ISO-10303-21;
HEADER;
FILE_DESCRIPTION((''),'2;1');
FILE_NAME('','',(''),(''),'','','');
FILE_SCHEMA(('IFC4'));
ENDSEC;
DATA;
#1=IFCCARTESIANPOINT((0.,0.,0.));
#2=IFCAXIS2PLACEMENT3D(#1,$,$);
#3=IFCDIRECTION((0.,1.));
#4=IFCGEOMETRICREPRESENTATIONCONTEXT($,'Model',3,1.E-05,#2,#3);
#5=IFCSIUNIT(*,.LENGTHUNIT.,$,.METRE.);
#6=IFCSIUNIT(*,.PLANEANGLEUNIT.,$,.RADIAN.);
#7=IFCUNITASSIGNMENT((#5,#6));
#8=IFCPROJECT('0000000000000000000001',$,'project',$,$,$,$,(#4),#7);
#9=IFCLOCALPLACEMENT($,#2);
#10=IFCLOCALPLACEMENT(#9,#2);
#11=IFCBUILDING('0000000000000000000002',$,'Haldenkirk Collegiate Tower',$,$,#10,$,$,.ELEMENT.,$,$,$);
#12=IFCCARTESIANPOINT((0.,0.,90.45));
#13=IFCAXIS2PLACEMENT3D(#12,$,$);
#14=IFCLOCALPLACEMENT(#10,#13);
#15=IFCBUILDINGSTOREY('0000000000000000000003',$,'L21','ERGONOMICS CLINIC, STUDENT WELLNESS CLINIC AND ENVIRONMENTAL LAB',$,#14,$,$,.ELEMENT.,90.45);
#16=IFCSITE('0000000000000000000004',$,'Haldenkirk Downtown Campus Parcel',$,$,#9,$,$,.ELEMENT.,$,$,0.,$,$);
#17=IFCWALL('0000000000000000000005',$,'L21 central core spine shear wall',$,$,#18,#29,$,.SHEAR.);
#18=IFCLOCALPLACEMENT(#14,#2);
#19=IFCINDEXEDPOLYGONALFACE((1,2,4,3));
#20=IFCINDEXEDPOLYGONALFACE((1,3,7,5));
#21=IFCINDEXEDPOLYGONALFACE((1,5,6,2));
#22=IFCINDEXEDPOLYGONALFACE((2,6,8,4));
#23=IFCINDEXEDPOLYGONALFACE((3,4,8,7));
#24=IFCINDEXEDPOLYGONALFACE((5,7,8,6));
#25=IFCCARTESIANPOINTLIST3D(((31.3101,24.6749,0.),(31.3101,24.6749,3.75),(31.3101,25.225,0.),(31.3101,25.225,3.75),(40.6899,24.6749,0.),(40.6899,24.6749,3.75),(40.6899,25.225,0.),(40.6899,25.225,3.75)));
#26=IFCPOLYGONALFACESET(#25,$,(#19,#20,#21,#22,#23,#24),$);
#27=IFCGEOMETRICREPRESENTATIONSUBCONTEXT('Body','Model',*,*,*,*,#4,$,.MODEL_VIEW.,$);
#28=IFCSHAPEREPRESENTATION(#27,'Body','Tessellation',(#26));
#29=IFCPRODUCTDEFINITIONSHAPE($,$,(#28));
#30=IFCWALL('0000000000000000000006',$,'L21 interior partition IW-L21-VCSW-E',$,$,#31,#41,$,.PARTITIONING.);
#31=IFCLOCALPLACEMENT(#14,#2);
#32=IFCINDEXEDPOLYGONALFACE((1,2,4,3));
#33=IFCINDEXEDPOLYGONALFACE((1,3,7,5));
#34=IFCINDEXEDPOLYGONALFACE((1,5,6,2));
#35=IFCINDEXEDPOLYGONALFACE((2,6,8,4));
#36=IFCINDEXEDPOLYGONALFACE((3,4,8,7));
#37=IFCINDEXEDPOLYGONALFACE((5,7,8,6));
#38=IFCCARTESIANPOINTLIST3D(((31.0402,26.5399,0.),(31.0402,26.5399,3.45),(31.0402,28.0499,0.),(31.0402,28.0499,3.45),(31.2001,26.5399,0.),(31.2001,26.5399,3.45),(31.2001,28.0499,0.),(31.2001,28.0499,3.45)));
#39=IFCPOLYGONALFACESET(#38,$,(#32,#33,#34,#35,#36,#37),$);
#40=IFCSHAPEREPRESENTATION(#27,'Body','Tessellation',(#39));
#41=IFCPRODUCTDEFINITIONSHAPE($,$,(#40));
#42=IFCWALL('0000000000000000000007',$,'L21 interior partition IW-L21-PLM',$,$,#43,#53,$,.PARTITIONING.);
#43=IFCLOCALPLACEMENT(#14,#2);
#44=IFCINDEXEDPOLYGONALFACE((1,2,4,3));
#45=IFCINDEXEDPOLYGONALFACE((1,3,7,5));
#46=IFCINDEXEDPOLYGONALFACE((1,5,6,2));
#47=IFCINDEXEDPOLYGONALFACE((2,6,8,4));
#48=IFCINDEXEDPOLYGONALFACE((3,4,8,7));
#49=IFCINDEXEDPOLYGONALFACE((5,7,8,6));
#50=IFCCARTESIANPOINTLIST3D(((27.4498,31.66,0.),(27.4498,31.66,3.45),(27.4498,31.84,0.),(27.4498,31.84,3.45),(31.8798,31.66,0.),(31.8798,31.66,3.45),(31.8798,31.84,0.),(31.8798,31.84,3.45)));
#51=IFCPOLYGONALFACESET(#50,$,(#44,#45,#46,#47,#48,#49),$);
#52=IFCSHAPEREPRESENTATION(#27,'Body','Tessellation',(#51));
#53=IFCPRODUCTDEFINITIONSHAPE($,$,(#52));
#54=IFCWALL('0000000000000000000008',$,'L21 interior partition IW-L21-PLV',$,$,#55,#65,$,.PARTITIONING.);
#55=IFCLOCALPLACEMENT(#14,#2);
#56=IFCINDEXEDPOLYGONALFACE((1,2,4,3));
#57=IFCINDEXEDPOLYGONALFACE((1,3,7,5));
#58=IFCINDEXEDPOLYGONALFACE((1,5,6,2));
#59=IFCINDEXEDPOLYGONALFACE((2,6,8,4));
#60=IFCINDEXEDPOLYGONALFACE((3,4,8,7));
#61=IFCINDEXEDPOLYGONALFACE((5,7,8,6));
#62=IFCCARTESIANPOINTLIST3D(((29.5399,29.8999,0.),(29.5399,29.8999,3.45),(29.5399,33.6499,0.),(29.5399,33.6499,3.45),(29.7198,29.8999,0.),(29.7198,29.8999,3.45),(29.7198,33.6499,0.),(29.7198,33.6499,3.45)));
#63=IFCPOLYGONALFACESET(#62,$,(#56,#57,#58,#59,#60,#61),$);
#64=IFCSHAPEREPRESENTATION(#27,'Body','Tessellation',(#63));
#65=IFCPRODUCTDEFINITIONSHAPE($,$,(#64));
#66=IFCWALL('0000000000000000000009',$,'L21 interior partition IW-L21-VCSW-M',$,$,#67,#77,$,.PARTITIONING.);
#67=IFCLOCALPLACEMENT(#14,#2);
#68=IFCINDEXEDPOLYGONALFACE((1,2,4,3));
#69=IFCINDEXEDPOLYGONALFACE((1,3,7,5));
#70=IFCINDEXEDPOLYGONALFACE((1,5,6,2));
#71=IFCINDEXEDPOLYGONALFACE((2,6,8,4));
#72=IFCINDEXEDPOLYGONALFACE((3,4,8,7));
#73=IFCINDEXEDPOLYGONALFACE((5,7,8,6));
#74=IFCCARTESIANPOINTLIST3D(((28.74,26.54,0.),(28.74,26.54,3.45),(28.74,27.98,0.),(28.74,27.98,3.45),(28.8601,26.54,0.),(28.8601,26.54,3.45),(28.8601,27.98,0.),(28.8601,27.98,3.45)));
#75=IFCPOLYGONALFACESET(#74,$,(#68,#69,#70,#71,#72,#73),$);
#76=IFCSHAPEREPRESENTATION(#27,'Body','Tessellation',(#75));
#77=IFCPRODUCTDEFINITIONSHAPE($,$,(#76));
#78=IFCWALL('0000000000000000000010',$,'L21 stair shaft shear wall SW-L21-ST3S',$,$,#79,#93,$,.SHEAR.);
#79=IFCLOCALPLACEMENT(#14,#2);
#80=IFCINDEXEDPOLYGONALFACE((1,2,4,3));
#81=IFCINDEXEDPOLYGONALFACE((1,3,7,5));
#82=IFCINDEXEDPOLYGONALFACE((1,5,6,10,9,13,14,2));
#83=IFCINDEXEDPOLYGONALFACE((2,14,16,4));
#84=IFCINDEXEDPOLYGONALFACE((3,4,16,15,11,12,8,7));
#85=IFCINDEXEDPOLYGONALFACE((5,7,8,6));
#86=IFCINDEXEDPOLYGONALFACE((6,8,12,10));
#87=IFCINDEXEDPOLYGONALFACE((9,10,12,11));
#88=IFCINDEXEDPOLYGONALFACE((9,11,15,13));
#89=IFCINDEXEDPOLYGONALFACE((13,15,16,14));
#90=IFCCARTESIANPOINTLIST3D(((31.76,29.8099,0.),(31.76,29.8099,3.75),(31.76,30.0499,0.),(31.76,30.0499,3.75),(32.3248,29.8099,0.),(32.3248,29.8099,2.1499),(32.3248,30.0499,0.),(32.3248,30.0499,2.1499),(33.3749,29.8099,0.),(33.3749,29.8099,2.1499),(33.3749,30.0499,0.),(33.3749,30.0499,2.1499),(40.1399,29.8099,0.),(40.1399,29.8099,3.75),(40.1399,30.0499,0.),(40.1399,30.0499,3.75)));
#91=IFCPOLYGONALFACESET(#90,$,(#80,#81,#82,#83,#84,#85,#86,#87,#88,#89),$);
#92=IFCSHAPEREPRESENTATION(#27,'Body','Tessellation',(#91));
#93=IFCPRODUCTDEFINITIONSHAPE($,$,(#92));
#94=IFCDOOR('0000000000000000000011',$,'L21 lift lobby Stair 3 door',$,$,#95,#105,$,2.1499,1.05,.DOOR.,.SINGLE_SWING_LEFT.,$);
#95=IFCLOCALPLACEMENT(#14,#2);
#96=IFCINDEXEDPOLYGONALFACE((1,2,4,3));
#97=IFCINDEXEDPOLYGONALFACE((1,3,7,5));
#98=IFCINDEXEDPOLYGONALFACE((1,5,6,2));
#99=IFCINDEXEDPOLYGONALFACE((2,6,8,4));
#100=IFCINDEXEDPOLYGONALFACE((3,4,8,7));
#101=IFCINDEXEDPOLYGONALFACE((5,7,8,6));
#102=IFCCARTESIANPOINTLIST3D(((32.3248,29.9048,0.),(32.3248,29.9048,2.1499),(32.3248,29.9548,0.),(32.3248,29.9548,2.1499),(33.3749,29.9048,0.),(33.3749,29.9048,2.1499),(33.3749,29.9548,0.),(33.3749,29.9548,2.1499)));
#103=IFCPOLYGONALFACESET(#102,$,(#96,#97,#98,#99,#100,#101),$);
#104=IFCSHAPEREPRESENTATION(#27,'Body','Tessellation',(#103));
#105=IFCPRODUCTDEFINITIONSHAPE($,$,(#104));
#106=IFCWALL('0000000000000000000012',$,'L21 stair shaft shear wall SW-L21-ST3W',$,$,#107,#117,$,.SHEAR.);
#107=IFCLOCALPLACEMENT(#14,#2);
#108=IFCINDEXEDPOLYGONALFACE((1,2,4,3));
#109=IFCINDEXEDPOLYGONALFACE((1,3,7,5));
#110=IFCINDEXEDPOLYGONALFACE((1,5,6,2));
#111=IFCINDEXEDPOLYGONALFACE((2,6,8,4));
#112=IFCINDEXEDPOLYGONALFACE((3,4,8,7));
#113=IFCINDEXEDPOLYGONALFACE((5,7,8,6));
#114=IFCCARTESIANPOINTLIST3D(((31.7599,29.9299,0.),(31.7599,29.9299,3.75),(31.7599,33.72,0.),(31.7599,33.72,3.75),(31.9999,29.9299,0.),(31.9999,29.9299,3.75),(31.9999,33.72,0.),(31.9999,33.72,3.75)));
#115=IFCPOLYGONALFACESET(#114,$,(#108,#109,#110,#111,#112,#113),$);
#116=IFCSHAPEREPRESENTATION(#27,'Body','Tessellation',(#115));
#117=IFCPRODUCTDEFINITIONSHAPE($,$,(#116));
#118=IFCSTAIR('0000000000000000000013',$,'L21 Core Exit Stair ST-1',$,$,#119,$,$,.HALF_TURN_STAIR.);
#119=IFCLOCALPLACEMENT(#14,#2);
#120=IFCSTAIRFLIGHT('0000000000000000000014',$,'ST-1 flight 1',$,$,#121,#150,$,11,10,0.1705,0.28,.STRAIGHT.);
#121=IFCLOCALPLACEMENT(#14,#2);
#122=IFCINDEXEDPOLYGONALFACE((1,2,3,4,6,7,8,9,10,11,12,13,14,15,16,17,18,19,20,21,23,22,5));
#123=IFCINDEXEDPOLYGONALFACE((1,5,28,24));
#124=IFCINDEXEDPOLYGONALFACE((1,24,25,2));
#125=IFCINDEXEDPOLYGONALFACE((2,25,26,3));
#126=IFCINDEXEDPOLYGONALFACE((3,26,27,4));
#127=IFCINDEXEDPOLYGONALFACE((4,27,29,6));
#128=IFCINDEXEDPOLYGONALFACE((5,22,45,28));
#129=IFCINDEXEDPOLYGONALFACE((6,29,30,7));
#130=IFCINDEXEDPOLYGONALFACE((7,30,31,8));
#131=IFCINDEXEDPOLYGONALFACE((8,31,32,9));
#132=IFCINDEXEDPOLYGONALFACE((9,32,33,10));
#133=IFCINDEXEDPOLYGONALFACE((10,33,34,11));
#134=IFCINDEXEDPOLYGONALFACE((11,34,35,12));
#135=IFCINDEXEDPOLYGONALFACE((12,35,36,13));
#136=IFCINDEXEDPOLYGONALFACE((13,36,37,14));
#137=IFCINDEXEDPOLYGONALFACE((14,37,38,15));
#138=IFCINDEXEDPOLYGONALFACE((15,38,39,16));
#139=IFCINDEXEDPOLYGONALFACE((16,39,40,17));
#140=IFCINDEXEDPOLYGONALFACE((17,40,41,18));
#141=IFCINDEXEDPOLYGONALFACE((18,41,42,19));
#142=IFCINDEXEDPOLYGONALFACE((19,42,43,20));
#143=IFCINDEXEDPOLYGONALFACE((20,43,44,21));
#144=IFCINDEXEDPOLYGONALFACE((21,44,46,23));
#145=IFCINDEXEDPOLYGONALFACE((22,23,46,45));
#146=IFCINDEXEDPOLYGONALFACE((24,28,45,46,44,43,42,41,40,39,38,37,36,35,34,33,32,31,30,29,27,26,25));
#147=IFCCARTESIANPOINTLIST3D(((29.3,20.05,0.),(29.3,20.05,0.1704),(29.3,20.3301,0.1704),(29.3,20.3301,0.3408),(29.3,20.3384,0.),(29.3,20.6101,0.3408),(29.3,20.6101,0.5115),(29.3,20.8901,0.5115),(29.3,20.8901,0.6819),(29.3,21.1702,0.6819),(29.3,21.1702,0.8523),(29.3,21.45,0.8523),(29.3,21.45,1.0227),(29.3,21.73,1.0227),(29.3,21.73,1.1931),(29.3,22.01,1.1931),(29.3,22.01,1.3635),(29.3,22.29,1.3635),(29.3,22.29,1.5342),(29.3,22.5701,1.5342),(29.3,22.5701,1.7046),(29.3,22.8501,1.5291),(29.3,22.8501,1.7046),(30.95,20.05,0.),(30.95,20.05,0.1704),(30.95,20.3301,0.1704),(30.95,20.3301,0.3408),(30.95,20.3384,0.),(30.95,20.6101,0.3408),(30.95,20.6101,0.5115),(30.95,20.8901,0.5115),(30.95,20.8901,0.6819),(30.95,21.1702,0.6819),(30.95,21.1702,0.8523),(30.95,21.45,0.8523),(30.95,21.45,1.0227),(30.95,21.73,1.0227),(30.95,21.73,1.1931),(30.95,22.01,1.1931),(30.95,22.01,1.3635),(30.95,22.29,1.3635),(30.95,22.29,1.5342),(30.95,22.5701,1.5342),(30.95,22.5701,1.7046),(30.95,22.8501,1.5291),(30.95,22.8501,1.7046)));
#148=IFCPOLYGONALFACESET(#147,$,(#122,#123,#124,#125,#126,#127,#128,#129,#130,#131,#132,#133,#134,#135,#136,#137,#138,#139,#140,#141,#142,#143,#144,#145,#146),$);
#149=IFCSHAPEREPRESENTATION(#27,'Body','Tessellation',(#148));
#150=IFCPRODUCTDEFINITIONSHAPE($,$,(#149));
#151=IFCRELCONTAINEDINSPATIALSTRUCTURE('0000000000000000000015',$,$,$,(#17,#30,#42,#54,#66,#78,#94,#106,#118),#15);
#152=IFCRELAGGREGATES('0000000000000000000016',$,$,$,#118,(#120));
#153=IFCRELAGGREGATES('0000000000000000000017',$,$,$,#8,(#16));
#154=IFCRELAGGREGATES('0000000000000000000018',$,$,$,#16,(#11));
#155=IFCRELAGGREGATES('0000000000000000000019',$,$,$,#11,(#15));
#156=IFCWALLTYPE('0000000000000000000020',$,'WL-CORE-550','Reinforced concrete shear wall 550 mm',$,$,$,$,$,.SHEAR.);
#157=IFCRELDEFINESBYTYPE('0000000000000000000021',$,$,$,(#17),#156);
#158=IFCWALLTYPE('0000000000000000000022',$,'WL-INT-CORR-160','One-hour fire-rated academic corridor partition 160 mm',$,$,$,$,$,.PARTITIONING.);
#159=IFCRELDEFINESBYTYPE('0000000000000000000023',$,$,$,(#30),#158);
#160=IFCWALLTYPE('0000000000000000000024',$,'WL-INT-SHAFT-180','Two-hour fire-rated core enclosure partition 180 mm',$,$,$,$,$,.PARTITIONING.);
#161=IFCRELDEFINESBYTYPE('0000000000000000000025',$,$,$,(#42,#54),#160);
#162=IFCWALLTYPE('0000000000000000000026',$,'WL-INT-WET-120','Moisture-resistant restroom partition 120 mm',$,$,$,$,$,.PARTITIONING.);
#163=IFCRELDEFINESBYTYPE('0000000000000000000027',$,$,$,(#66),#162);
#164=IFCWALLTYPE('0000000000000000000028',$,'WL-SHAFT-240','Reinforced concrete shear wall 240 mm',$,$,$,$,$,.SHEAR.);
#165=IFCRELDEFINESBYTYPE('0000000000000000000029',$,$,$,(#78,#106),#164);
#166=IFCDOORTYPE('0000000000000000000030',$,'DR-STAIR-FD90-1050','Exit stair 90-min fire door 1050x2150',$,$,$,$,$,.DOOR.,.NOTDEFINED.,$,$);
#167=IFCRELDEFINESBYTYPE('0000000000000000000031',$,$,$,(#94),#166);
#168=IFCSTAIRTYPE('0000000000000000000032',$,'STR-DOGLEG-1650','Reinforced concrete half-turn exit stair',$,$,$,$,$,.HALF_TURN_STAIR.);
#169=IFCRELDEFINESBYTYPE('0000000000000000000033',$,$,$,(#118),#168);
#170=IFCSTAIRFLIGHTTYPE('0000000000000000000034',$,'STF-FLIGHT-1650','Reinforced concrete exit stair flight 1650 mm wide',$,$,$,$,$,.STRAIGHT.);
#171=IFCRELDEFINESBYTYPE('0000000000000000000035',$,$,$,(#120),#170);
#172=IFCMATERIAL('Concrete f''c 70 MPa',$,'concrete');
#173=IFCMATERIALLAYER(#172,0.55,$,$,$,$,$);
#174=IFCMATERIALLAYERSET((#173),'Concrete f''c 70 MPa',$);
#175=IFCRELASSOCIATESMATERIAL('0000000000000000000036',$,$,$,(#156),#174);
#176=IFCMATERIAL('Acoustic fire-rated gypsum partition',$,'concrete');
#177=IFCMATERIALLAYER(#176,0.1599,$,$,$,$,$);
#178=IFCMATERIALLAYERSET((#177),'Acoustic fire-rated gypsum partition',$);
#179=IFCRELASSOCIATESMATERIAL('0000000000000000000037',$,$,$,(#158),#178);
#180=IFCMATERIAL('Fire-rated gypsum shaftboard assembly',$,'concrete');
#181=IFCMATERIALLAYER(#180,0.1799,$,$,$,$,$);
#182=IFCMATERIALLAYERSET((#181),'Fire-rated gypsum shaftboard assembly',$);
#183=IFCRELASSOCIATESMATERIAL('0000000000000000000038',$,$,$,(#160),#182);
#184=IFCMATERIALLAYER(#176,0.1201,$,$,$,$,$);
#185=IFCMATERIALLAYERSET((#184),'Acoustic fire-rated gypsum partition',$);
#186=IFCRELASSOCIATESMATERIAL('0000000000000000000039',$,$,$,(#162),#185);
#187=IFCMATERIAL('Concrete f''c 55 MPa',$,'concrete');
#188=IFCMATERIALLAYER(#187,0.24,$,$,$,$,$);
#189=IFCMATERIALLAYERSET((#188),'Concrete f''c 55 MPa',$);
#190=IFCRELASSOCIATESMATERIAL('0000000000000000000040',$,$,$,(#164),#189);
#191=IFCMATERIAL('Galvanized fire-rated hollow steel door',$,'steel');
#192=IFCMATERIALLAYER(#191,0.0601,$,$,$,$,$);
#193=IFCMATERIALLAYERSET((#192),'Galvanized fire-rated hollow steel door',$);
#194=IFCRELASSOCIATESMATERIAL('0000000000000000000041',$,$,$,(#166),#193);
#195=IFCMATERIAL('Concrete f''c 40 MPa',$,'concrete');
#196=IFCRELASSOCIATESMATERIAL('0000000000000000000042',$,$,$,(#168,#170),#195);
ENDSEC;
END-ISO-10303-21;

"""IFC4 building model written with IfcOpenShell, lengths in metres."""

from ifc_helpers import new_model, si_unit, direction, frame, frame_2d, origin, place, context, subcontext, project, spatial, polyline, rectangle, outline, extrude, material, layer, layer_set, type_object, element, fill, aggregate, save


model = new_model("IFC4")

# Units and contexts
model_context = context("Model", 3, precision=1e-05, world=origin(), true_north=direction((0.0, 1.0)))
body_context = subcontext(model_context, "Body", "Model", "MODEL_VIEW")
ifc_project = project(units=[si_unit("LENGTHUNIT", "METRE"), si_unit("PLANEANGLEUNIT", "RADIAN")], contexts=[model_context])

# Site, building, storey
site_placement = place(None, origin())
site = spatial("IfcSite", under=ifc_project, at=site_placement, Name="Haldenkirk Downtown Campus Parcel", CompositionType="ELEMENT", RefElevation=0.0)
building_placement = place(site_placement, origin())
building = spatial("IfcBuilding", under=site, at=building_placement, Name="Haldenkirk Collegiate Tower", CompositionType="ELEMENT")
storey_placement = place(building_placement, frame((0.0, 0.0, 90.45)))
storey = spatial("IfcBuildingStorey", under=building, at=storey_placement, Name="L21", Description="ERGONOMICS CLINIC, STUDENT WELLNESS CLINIC AND ENVIRONMENTAL LAB", CompositionType="ELEMENT", Elevation=90.45)

# Walls
ifc_material_1 = material(Name="Concrete f'c 70 MPa", Category="concrete")
ifc_layer_1 = layer(ifc_material_1, 0.55)
ifc_layer_set_1 = layer_set([ifc_layer_1], Name="Concrete f'c 70 MPa")
wall_type_1 = type_object("IfcWallType", Name="WL-CORE-550", Description="Reinforced concrete shear wall 550 mm", PredefinedType="SHEAR", material=ifc_layer_set_1)
wall_1_placement = place(storey_placement, frame((31.3101, 24.95, 0.0), z_axis=(0.0, 0.0, 1.0), x_axis=(1.0, 0.0, 0.0)))
element("IfcWall", 1, at=wall_1_placement, inside=storey, type_object=wall_type_1, Name="L21 central core spine shear wall", PredefinedType="SHEAR", context=body_context, shape_type="SweptSolid", body=[
    extrude(rectangle(XDim=9.3799, YDim=0.55, at=frame_2d((4.6899, 0.0))), origin(), (0.0, 0.0, 1.0), 3.75),
])
ifc_material_2 = material(Name="Acoustic fire-rated gypsum partition", Category="concrete")
ifc_layer_2 = layer(ifc_material_2, 0.1599)
ifc_layer_set_2 = layer_set([ifc_layer_2], Name="Acoustic fire-rated gypsum partition")
wall_type_2 = type_object("IfcWallType", Name="WL-INT-CORR-160", Description="One-hour fire-rated academic corridor partition 160 mm", PredefinedType="PARTITIONING", material=ifc_layer_set_2)
wall_2_placement = place(storey_placement, frame((31.1201, 26.54, 0.0), z_axis=(0.0, 0.0, 1.0), x_axis=(0.0, 1.0, 0.0)))
element("IfcWall", 2, at=wall_2_placement, inside=storey, type_object=wall_type_2, Name="L21 interior partition IW-L21-VCSW-E", PredefinedType="PARTITIONING", context=body_context, shape_type="SweptSolid", body=[
    extrude(rectangle(XDim=1.51, YDim=0.1599, at=frame_2d((0.7549, 0.0))), origin(), (0.0, 0.0, 1.0), 3.45),
])
ifc_material_3 = material(Name="Fire-rated gypsum shaftboard assembly", Category="concrete")
ifc_layer_3 = layer(ifc_material_3, 0.1799)
ifc_layer_set_3 = layer_set([ifc_layer_3], Name="Fire-rated gypsum shaftboard assembly")
wall_type_3 = type_object("IfcWallType", Name="WL-INT-SHAFT-180", Description="Two-hour fire-rated core enclosure partition 180 mm", PredefinedType="PARTITIONING", material=ifc_layer_set_3)
wall_3_placement = place(storey_placement, frame((27.45, 31.75, 0.0), z_axis=(0.0, 0.0, 1.0), x_axis=(1.0, 0.0, 0.0)))
element("IfcWall", 3, at=wall_3_placement, inside=storey, type_object=wall_type_3, Name="L21 interior partition IW-L21-PLM", PredefinedType="PARTITIONING", context=body_context, shape_type="SweptSolid", body=[
    extrude(rectangle(XDim=4.4299, YDim=0.1799, at=frame_2d((2.2148, 0.0))), origin(), (0.0, 0.0, 1.0), 3.45),
])
wall_4_placement = place(storey_placement, frame((29.6299, 29.8999, 0.0), z_axis=(0.0, 0.0, 1.0), x_axis=(0.0, 1.0, 0.0)))
element("IfcWall", 4, at=wall_4_placement, inside=storey, type_object=wall_type_3, Name="L21 interior partition IW-L21-PLV", PredefinedType="PARTITIONING", context=body_context, shape_type="SweptSolid", body=[
    extrude(rectangle(XDim=3.75, YDim=0.1799, at=frame_2d((1.875, 0.0))), origin(), (0.0, 0.0, 1.0), 3.45),
])

# Shared definitions
ifc_material_4 = material(Name="Galvanized fire-rated hollow steel door", Category="steel")

# Wall
ifc_layer_4 = layer(ifc_material_2, 0.1201)
ifc_layer_set_4 = layer_set([ifc_layer_4], Name="Acoustic fire-rated gypsum partition")
wall_type_4 = type_object("IfcWallType", Name="WL-INT-WET-120", Description="Moisture-resistant restroom partition 120 mm", PredefinedType="PARTITIONING", material=ifc_layer_set_4)
wall_5_placement = place(storey_placement, frame((28.8, 26.54, 0.0), z_axis=(0.0, 0.0, 1.0), x_axis=(0.0, 1.0, 0.0)))
element("IfcWall", 5, at=wall_5_placement, inside=storey, type_object=wall_type_4, Name="L21 interior partition IW-L21-VCSW-M", PredefinedType="PARTITIONING", context=body_context, shape_type="SweptSolid", body=[
    extrude(rectangle(XDim=1.4399, YDim=0.1201, at=frame_2d((0.72, 0.0))), origin(), (0.0, 0.0, 1.0), 3.45),
])

# Wall, opening, door
ifc_material_5 = material(Name="Concrete f'c 55 MPa", Category="concrete")
ifc_layer_5 = layer(ifc_material_5, 0.24)
ifc_layer_set_5 = layer_set([ifc_layer_5], Name="Concrete f'c 55 MPa")
wall_type_5 = type_object("IfcWallType", Name="WL-SHAFT-240", Description="Reinforced concrete shear wall 240 mm", PredefinedType="SHEAR", material=ifc_layer_set_5)
wall_6_placement = place(storey_placement, frame((31.76, 29.9299, 0.0), z_axis=(0.0, 0.0, 1.0), x_axis=(1.0, 0.0, 0.0)))
wall_6 = element("IfcWall", 6, at=wall_6_placement, inside=storey, type_object=wall_type_5, Name="L21 stair shaft shear wall SW-L21-ST3S", PredefinedType="SHEAR", context=body_context, shape_type="SweptSolid", body=[
    extrude(rectangle(XDim=8.3799, YDim=0.24, at=frame_2d((4.1899, 0.0))), origin(), (0.0, 0.0, 1.0), 3.75),
])
opening_1_placement = place(wall_6_placement, frame((0.5649, 0.0, 0.0)))
opening_1 = element("IfcOpeningElement", 7, at=opening_1_placement, cuts=wall_6, PredefinedType="OPENING", context=body_context, shape_type="SweptSolid", body=[
    extrude(rectangle(XDim=1.05, YDim=2.1499, at=frame_2d((0.5249, 1.075))), frame((0.0, 0.1299, 0.0), z_axis=(0.0, -1.0, 0.0), x_axis=(1.0, 0.0, 0.0)), (0.0, 0.0, 1.0), 0.26),
])
ifc_layer_6 = layer(ifc_material_4, 0.0601)
ifc_layer_set_6 = layer_set([ifc_layer_6], Name="Galvanized fire-rated hollow steel door")
door_type_1 = type_object("IfcDoorType", Name="DR-STAIR-FD90-1050", Description="Exit stair 90-min fire door 1050x2150", OperationType="NOTDEFINED", PredefinedType="DOOR", material=ifc_layer_set_6)
door_1_placement = place(opening_1_placement, origin())
door_1 = element("IfcDoor", 8, at=door_1_placement, inside=storey, type_object=door_type_1, Name="L21 lift lobby Stair 3 door", OperationType="SINGLE_SWING_LEFT", OverallHeight=2.1499, OverallWidth=1.05, PredefinedType="DOOR", context=body_context, shape_type="SweptSolid", body=[
    extrude(rectangle(XDim=1.05, YDim=2.1499, at=frame_2d((0.5249, 1.075))), frame((0.0, 0.0249, 0.0), z_axis=(0.0, -1.0, 0.0), x_axis=(1.0, 0.0, 0.0)), (0.0, 0.0, 1.0), 0.05),
])
fill(opening_1, door_1)

# Wall
wall_7_placement = place(storey_placement, frame((31.8799, 29.9299, 0.0), z_axis=(0.0, 0.0, 1.0), x_axis=(0.0, 1.0, 0.0)))
element("IfcWall", 9, at=wall_7_placement, inside=storey, type_object=wall_type_5, Name="L21 stair shaft shear wall SW-L21-ST3W", PredefinedType="SHEAR", context=body_context, shape_type="SweptSolid", body=[
    extrude(rectangle(XDim=3.79, YDim=0.24, at=frame_2d((1.895, 0.0))), origin(), (0.0, 0.0, 1.0), 3.75),
])

# Stair, stair flight
ifc_material_6 = material(Name="Concrete f'c 40 MPa", Category="concrete")
stair_type = type_object("IfcStairType", Name="STR-DOGLEG-1650", Description="Reinforced concrete half-turn exit stair", PredefinedType="HALF_TURN_STAIR", material=ifc_material_6)
stair_placement = place(storey_placement, origin())
stair = element("IfcStair", 10, at=stair_placement, inside=storey, type_object=stair_type, Name="L21 Core Exit Stair ST-1", PredefinedType="HALF_TURN_STAIR")
stair_flight_type = type_object("IfcStairFlightType", Name="STF-FLIGHT-1650", Description="Reinforced concrete exit stair flight 1650 mm wide", PredefinedType="STRAIGHT", material=ifc_material_6)
stair_flight_1_placement = place(storey_placement, frame((30.125, 20.05, 0.0), z_axis=(0.0, 0.0, 1.0), x_axis=(0.0, 1.0, 0.0)))
stair_flight_1 = element("IfcStairFlight", 11, at=stair_flight_1_placement, type_object=stair_flight_type, Name="ST-1 flight 1", NumberOfRisers=11, NumberOfTreads=10, PredefinedType="STRAIGHT", RiserHeight=0.1705, TreadLength=0.28, context=body_context, shape_type="SweptSolid", body=[
    extrude(outline(polyline([(0.0, 0.0), (0.0, 0.1704), (0.28, 0.1704), (0.28, 0.3408), (0.5601, 0.3408), (0.5601, 0.5115), (0.8401, 0.5115), (0.8401, 0.6819), (1.1201, 0.6819), (1.1201, 0.8523), (1.3999, 0.8523), (1.3999, 1.0227), (1.6799, 1.0227), (1.6799, 1.1931), (1.96, 1.1931), (1.96, 1.3635), (2.24, 1.3635), (2.24, 1.5342), (2.52, 1.5342), (2.52, 1.7046), (2.8, 1.7046), (2.8, 1.875), (2.8, 1.5291), (0.2883, 0.0), (0.0, 0.0)])), frame((0.0, 0.825, 0.0), z_axis=(0.0, -1.0, 0.0), x_axis=(1.0, 0.0, 0.0)), (0.0, 0.0, 1.0), 1.6499),
])
aggregate(stair, [stair_flight_1])

save(model, "model.ifc")
